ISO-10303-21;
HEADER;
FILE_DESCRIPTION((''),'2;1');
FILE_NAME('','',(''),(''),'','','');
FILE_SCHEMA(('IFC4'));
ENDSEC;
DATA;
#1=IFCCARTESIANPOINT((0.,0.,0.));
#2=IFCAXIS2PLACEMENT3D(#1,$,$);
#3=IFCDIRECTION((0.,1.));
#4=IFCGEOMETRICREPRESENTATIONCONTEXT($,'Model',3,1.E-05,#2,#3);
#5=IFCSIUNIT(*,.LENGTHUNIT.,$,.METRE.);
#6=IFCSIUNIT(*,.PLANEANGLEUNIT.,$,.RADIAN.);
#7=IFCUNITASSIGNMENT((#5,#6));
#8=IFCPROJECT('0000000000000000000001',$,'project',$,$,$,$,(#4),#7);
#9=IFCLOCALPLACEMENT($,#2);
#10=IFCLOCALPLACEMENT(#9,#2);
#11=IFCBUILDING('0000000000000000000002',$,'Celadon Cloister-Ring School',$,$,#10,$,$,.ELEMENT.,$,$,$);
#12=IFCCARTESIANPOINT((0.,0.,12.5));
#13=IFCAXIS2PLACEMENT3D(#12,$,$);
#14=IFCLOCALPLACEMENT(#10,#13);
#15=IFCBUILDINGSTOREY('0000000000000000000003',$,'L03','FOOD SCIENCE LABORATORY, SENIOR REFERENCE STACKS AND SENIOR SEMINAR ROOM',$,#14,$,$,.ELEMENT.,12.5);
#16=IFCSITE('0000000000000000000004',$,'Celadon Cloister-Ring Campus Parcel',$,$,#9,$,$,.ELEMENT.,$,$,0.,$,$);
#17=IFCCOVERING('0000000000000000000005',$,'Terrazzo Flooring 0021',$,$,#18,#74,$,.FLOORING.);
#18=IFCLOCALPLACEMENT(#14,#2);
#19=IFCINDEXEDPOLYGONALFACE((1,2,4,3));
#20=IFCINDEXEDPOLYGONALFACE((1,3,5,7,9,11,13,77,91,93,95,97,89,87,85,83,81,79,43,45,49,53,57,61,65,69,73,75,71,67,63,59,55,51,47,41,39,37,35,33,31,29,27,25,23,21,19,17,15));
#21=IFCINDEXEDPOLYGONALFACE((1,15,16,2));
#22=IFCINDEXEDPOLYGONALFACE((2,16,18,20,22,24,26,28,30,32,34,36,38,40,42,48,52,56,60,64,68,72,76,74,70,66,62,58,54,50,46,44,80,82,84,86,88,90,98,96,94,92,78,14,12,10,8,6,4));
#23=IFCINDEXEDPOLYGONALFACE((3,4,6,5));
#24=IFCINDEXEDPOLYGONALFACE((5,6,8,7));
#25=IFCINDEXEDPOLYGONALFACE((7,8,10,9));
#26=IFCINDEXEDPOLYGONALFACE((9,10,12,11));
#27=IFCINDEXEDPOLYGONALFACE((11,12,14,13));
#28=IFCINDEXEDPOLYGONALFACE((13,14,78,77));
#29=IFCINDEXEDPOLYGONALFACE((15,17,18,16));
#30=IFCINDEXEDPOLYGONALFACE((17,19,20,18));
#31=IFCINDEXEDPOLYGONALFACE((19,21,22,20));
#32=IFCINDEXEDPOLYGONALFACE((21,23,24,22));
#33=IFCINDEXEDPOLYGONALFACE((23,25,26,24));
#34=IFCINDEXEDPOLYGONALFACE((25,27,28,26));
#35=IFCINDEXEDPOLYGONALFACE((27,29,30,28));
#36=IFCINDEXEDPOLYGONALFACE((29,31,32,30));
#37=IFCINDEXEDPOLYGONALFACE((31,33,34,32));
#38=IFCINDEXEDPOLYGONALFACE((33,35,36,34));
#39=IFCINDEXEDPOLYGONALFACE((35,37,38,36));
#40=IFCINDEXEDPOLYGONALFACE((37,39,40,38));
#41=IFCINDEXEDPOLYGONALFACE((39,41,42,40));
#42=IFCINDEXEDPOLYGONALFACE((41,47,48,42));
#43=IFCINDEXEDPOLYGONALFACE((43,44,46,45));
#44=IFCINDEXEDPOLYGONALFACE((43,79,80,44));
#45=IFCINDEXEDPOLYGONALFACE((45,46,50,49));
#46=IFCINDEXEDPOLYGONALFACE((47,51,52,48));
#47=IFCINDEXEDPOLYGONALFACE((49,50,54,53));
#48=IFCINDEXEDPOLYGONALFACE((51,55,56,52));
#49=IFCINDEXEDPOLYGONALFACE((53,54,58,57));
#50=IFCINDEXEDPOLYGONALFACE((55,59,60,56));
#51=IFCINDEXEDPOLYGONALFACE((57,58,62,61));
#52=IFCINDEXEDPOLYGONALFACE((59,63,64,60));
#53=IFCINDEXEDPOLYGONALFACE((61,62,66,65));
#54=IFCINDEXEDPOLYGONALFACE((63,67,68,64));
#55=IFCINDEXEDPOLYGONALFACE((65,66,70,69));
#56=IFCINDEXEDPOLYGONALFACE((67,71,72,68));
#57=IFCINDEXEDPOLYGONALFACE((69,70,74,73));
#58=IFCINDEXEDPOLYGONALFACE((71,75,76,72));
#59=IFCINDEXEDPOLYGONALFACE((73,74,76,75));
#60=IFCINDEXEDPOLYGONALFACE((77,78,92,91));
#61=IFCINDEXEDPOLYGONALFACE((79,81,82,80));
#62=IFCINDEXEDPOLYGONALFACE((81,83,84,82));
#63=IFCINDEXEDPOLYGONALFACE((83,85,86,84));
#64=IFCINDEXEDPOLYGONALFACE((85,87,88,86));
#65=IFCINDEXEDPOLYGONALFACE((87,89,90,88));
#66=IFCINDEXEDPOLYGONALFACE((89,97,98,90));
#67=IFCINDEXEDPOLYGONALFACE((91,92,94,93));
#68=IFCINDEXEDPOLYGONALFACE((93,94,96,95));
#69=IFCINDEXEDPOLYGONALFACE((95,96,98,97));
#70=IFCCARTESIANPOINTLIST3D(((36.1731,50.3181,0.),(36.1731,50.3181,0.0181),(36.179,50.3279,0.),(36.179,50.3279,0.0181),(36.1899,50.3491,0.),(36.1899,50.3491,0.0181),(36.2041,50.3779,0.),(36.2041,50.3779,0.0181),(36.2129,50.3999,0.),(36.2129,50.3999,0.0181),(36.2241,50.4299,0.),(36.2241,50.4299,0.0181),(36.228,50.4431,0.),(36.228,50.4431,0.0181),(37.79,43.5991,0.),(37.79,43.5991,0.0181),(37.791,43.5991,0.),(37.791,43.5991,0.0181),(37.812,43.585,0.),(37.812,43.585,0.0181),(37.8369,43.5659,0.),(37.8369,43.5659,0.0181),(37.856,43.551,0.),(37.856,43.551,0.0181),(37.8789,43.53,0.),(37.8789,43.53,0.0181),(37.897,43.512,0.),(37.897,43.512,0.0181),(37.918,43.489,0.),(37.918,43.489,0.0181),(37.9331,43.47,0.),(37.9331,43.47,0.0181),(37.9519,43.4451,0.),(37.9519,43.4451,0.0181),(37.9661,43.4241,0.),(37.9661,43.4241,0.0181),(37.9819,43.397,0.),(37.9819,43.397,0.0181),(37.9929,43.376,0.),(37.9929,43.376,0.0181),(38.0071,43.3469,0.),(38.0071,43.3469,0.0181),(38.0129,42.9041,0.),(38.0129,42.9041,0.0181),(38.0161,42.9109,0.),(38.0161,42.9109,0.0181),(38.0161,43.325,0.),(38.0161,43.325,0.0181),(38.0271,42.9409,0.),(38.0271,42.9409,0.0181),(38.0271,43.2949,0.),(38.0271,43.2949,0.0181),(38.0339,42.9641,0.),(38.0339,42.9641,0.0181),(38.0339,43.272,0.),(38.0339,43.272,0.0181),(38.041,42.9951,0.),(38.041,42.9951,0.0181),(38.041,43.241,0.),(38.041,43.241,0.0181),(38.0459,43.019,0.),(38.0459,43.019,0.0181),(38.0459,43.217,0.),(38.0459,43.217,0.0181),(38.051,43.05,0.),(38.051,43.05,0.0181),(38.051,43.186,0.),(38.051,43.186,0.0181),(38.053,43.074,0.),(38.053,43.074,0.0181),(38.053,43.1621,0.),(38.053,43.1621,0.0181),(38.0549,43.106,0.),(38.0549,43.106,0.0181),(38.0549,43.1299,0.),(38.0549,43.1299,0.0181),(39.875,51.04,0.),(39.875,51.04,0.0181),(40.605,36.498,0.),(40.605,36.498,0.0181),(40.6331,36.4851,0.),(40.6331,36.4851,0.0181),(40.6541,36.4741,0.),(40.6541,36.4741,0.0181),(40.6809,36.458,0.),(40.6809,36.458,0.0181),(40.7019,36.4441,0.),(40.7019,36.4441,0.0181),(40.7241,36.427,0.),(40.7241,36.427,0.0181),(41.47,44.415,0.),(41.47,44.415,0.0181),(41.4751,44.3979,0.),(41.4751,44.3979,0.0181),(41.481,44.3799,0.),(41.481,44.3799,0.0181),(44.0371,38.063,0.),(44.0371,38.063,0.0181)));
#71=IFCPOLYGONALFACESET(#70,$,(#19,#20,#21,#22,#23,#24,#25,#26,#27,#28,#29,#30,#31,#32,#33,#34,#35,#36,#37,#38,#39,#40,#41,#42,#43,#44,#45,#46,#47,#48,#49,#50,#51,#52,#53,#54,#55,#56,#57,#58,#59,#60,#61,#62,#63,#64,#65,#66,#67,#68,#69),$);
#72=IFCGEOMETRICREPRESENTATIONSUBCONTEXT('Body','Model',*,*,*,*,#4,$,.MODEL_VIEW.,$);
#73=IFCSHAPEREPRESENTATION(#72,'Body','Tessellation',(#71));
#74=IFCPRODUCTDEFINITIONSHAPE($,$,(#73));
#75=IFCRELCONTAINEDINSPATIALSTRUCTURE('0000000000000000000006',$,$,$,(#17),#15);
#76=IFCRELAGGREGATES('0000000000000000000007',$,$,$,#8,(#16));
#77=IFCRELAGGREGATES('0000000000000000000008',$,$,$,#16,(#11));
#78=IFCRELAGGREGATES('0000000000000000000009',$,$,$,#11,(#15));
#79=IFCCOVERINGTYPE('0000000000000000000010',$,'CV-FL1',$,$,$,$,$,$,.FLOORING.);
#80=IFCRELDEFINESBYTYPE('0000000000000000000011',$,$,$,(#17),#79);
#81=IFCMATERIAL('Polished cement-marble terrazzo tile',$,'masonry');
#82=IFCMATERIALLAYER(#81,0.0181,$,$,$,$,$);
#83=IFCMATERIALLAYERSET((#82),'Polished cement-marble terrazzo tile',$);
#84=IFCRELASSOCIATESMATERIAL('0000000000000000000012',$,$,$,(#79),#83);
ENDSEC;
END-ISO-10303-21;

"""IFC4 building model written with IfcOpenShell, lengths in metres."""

from ifc_helpers import new_model, si_unit, direction, frame, origin, place, context, subcontext, project, spatial, polyline, outline, extrude, material, layer, layer_set, type_object, element, save


model = new_model("IFC4")

# Units and contexts
model_context = context("Model", 3, precision=1e-05, world=origin(), true_north=direction((0.0, 1.0)))
body_context = subcontext(model_context, "Body", "Model", "MODEL_VIEW")
ifc_project = project(units=[si_unit("LENGTHUNIT", "METRE"), si_unit("PLANEANGLEUNIT", "RADIAN")], contexts=[model_context])

# Site, building, storey
site_placement = place(None, origin())
site = spatial("IfcSite", under=ifc_project, at=site_placement, Name="Celadon Cloister-Ring Campus Parcel", CompositionType="ELEMENT", RefElevation=0.0)
building_placement = place(site_placement, origin())
building = spatial("IfcBuilding", under=site, at=building_placement, Name="Celadon Cloister-Ring School", CompositionType="ELEMENT")
storey_placement = place(building_placement, frame((0.0, 0.0, 12.5)))
storey = spatial("IfcBuildingStorey", under=building, at=storey_placement, Name="L03", Description="FOOD SCIENCE LABORATORY, SENIOR REFERENCE STACKS AND SENIOR SEMINAR ROOM", CompositionType="ELEMENT", Elevation=12.5)

# Covering
ifc_material_1 = material(Name="Polished cement-marble terrazzo tile", Category="masonry")
ifc_layer_1 = layer(ifc_material_1, 0.0181)
ifc_layer_set_1 = layer_set([ifc_layer_1], Name="Polished cement-marble terrazzo tile")
covering_type_1 = type_object("IfcCoveringType", Name="CV-FL1", PredefinedType="FLOORING", material=ifc_layer_set_1)
covering_1_placement = place(storey_placement, origin())
element("IfcCovering", 1, at=covering_1_placement, inside=storey, type_object=covering_type_1, Name="Terrazzo Flooring 0021", PredefinedType="FLOORING", context=body_context, shape_type="SweptSolid", body=[
    extrude(outline(polyline([(36.1731, 50.3181), (36.179, 50.3279), (36.1899, 50.3491), (36.2041, 50.3779), (36.2129, 50.3999), (36.2241, 50.4299), (36.228, 50.4431), (39.875, 51.04), (41.47, 44.415), (41.4751, 44.3979), (41.481, 44.3799), (44.0371, 38.063), (40.7241, 36.427), (40.7019, 36.4441), (40.6809, 36.458), (40.6541, 36.4741), (40.6331, 36.4851), (40.605, 36.498), (38.0129, 42.9041), (38.0161, 42.9109), (38.0271, 42.9409), (38.0339, 42.9641), (38.041, 42.9951), (38.0459, 43.019), (38.051, 43.05), (38.053, 43.074), (38.0549, 43.106), (38.0549, 43.1299), (38.053, 43.1621), (38.051, 43.186), (38.0459, 43.217), (38.041, 43.241), (38.0339, 43.272), (38.0271, 43.2949), (38.0161, 43.325), (38.0071, 43.3469), (37.9929, 43.376), (37.9819, 43.397), (37.9661, 43.4241), (37.9519, 43.4451), (37.9331, 43.47), (37.918, 43.489), (37.897, 43.512), (37.8789, 43.53), (37.856, 43.551), (37.8369, 43.5659), (37.812, 43.585), (37.791, 43.5991), (37.79, 43.5991), (36.1731, 50.3181)])), origin(), (0.0, 0.0, 1.0), 0.0181),
])

save(model, "model.ifc")
